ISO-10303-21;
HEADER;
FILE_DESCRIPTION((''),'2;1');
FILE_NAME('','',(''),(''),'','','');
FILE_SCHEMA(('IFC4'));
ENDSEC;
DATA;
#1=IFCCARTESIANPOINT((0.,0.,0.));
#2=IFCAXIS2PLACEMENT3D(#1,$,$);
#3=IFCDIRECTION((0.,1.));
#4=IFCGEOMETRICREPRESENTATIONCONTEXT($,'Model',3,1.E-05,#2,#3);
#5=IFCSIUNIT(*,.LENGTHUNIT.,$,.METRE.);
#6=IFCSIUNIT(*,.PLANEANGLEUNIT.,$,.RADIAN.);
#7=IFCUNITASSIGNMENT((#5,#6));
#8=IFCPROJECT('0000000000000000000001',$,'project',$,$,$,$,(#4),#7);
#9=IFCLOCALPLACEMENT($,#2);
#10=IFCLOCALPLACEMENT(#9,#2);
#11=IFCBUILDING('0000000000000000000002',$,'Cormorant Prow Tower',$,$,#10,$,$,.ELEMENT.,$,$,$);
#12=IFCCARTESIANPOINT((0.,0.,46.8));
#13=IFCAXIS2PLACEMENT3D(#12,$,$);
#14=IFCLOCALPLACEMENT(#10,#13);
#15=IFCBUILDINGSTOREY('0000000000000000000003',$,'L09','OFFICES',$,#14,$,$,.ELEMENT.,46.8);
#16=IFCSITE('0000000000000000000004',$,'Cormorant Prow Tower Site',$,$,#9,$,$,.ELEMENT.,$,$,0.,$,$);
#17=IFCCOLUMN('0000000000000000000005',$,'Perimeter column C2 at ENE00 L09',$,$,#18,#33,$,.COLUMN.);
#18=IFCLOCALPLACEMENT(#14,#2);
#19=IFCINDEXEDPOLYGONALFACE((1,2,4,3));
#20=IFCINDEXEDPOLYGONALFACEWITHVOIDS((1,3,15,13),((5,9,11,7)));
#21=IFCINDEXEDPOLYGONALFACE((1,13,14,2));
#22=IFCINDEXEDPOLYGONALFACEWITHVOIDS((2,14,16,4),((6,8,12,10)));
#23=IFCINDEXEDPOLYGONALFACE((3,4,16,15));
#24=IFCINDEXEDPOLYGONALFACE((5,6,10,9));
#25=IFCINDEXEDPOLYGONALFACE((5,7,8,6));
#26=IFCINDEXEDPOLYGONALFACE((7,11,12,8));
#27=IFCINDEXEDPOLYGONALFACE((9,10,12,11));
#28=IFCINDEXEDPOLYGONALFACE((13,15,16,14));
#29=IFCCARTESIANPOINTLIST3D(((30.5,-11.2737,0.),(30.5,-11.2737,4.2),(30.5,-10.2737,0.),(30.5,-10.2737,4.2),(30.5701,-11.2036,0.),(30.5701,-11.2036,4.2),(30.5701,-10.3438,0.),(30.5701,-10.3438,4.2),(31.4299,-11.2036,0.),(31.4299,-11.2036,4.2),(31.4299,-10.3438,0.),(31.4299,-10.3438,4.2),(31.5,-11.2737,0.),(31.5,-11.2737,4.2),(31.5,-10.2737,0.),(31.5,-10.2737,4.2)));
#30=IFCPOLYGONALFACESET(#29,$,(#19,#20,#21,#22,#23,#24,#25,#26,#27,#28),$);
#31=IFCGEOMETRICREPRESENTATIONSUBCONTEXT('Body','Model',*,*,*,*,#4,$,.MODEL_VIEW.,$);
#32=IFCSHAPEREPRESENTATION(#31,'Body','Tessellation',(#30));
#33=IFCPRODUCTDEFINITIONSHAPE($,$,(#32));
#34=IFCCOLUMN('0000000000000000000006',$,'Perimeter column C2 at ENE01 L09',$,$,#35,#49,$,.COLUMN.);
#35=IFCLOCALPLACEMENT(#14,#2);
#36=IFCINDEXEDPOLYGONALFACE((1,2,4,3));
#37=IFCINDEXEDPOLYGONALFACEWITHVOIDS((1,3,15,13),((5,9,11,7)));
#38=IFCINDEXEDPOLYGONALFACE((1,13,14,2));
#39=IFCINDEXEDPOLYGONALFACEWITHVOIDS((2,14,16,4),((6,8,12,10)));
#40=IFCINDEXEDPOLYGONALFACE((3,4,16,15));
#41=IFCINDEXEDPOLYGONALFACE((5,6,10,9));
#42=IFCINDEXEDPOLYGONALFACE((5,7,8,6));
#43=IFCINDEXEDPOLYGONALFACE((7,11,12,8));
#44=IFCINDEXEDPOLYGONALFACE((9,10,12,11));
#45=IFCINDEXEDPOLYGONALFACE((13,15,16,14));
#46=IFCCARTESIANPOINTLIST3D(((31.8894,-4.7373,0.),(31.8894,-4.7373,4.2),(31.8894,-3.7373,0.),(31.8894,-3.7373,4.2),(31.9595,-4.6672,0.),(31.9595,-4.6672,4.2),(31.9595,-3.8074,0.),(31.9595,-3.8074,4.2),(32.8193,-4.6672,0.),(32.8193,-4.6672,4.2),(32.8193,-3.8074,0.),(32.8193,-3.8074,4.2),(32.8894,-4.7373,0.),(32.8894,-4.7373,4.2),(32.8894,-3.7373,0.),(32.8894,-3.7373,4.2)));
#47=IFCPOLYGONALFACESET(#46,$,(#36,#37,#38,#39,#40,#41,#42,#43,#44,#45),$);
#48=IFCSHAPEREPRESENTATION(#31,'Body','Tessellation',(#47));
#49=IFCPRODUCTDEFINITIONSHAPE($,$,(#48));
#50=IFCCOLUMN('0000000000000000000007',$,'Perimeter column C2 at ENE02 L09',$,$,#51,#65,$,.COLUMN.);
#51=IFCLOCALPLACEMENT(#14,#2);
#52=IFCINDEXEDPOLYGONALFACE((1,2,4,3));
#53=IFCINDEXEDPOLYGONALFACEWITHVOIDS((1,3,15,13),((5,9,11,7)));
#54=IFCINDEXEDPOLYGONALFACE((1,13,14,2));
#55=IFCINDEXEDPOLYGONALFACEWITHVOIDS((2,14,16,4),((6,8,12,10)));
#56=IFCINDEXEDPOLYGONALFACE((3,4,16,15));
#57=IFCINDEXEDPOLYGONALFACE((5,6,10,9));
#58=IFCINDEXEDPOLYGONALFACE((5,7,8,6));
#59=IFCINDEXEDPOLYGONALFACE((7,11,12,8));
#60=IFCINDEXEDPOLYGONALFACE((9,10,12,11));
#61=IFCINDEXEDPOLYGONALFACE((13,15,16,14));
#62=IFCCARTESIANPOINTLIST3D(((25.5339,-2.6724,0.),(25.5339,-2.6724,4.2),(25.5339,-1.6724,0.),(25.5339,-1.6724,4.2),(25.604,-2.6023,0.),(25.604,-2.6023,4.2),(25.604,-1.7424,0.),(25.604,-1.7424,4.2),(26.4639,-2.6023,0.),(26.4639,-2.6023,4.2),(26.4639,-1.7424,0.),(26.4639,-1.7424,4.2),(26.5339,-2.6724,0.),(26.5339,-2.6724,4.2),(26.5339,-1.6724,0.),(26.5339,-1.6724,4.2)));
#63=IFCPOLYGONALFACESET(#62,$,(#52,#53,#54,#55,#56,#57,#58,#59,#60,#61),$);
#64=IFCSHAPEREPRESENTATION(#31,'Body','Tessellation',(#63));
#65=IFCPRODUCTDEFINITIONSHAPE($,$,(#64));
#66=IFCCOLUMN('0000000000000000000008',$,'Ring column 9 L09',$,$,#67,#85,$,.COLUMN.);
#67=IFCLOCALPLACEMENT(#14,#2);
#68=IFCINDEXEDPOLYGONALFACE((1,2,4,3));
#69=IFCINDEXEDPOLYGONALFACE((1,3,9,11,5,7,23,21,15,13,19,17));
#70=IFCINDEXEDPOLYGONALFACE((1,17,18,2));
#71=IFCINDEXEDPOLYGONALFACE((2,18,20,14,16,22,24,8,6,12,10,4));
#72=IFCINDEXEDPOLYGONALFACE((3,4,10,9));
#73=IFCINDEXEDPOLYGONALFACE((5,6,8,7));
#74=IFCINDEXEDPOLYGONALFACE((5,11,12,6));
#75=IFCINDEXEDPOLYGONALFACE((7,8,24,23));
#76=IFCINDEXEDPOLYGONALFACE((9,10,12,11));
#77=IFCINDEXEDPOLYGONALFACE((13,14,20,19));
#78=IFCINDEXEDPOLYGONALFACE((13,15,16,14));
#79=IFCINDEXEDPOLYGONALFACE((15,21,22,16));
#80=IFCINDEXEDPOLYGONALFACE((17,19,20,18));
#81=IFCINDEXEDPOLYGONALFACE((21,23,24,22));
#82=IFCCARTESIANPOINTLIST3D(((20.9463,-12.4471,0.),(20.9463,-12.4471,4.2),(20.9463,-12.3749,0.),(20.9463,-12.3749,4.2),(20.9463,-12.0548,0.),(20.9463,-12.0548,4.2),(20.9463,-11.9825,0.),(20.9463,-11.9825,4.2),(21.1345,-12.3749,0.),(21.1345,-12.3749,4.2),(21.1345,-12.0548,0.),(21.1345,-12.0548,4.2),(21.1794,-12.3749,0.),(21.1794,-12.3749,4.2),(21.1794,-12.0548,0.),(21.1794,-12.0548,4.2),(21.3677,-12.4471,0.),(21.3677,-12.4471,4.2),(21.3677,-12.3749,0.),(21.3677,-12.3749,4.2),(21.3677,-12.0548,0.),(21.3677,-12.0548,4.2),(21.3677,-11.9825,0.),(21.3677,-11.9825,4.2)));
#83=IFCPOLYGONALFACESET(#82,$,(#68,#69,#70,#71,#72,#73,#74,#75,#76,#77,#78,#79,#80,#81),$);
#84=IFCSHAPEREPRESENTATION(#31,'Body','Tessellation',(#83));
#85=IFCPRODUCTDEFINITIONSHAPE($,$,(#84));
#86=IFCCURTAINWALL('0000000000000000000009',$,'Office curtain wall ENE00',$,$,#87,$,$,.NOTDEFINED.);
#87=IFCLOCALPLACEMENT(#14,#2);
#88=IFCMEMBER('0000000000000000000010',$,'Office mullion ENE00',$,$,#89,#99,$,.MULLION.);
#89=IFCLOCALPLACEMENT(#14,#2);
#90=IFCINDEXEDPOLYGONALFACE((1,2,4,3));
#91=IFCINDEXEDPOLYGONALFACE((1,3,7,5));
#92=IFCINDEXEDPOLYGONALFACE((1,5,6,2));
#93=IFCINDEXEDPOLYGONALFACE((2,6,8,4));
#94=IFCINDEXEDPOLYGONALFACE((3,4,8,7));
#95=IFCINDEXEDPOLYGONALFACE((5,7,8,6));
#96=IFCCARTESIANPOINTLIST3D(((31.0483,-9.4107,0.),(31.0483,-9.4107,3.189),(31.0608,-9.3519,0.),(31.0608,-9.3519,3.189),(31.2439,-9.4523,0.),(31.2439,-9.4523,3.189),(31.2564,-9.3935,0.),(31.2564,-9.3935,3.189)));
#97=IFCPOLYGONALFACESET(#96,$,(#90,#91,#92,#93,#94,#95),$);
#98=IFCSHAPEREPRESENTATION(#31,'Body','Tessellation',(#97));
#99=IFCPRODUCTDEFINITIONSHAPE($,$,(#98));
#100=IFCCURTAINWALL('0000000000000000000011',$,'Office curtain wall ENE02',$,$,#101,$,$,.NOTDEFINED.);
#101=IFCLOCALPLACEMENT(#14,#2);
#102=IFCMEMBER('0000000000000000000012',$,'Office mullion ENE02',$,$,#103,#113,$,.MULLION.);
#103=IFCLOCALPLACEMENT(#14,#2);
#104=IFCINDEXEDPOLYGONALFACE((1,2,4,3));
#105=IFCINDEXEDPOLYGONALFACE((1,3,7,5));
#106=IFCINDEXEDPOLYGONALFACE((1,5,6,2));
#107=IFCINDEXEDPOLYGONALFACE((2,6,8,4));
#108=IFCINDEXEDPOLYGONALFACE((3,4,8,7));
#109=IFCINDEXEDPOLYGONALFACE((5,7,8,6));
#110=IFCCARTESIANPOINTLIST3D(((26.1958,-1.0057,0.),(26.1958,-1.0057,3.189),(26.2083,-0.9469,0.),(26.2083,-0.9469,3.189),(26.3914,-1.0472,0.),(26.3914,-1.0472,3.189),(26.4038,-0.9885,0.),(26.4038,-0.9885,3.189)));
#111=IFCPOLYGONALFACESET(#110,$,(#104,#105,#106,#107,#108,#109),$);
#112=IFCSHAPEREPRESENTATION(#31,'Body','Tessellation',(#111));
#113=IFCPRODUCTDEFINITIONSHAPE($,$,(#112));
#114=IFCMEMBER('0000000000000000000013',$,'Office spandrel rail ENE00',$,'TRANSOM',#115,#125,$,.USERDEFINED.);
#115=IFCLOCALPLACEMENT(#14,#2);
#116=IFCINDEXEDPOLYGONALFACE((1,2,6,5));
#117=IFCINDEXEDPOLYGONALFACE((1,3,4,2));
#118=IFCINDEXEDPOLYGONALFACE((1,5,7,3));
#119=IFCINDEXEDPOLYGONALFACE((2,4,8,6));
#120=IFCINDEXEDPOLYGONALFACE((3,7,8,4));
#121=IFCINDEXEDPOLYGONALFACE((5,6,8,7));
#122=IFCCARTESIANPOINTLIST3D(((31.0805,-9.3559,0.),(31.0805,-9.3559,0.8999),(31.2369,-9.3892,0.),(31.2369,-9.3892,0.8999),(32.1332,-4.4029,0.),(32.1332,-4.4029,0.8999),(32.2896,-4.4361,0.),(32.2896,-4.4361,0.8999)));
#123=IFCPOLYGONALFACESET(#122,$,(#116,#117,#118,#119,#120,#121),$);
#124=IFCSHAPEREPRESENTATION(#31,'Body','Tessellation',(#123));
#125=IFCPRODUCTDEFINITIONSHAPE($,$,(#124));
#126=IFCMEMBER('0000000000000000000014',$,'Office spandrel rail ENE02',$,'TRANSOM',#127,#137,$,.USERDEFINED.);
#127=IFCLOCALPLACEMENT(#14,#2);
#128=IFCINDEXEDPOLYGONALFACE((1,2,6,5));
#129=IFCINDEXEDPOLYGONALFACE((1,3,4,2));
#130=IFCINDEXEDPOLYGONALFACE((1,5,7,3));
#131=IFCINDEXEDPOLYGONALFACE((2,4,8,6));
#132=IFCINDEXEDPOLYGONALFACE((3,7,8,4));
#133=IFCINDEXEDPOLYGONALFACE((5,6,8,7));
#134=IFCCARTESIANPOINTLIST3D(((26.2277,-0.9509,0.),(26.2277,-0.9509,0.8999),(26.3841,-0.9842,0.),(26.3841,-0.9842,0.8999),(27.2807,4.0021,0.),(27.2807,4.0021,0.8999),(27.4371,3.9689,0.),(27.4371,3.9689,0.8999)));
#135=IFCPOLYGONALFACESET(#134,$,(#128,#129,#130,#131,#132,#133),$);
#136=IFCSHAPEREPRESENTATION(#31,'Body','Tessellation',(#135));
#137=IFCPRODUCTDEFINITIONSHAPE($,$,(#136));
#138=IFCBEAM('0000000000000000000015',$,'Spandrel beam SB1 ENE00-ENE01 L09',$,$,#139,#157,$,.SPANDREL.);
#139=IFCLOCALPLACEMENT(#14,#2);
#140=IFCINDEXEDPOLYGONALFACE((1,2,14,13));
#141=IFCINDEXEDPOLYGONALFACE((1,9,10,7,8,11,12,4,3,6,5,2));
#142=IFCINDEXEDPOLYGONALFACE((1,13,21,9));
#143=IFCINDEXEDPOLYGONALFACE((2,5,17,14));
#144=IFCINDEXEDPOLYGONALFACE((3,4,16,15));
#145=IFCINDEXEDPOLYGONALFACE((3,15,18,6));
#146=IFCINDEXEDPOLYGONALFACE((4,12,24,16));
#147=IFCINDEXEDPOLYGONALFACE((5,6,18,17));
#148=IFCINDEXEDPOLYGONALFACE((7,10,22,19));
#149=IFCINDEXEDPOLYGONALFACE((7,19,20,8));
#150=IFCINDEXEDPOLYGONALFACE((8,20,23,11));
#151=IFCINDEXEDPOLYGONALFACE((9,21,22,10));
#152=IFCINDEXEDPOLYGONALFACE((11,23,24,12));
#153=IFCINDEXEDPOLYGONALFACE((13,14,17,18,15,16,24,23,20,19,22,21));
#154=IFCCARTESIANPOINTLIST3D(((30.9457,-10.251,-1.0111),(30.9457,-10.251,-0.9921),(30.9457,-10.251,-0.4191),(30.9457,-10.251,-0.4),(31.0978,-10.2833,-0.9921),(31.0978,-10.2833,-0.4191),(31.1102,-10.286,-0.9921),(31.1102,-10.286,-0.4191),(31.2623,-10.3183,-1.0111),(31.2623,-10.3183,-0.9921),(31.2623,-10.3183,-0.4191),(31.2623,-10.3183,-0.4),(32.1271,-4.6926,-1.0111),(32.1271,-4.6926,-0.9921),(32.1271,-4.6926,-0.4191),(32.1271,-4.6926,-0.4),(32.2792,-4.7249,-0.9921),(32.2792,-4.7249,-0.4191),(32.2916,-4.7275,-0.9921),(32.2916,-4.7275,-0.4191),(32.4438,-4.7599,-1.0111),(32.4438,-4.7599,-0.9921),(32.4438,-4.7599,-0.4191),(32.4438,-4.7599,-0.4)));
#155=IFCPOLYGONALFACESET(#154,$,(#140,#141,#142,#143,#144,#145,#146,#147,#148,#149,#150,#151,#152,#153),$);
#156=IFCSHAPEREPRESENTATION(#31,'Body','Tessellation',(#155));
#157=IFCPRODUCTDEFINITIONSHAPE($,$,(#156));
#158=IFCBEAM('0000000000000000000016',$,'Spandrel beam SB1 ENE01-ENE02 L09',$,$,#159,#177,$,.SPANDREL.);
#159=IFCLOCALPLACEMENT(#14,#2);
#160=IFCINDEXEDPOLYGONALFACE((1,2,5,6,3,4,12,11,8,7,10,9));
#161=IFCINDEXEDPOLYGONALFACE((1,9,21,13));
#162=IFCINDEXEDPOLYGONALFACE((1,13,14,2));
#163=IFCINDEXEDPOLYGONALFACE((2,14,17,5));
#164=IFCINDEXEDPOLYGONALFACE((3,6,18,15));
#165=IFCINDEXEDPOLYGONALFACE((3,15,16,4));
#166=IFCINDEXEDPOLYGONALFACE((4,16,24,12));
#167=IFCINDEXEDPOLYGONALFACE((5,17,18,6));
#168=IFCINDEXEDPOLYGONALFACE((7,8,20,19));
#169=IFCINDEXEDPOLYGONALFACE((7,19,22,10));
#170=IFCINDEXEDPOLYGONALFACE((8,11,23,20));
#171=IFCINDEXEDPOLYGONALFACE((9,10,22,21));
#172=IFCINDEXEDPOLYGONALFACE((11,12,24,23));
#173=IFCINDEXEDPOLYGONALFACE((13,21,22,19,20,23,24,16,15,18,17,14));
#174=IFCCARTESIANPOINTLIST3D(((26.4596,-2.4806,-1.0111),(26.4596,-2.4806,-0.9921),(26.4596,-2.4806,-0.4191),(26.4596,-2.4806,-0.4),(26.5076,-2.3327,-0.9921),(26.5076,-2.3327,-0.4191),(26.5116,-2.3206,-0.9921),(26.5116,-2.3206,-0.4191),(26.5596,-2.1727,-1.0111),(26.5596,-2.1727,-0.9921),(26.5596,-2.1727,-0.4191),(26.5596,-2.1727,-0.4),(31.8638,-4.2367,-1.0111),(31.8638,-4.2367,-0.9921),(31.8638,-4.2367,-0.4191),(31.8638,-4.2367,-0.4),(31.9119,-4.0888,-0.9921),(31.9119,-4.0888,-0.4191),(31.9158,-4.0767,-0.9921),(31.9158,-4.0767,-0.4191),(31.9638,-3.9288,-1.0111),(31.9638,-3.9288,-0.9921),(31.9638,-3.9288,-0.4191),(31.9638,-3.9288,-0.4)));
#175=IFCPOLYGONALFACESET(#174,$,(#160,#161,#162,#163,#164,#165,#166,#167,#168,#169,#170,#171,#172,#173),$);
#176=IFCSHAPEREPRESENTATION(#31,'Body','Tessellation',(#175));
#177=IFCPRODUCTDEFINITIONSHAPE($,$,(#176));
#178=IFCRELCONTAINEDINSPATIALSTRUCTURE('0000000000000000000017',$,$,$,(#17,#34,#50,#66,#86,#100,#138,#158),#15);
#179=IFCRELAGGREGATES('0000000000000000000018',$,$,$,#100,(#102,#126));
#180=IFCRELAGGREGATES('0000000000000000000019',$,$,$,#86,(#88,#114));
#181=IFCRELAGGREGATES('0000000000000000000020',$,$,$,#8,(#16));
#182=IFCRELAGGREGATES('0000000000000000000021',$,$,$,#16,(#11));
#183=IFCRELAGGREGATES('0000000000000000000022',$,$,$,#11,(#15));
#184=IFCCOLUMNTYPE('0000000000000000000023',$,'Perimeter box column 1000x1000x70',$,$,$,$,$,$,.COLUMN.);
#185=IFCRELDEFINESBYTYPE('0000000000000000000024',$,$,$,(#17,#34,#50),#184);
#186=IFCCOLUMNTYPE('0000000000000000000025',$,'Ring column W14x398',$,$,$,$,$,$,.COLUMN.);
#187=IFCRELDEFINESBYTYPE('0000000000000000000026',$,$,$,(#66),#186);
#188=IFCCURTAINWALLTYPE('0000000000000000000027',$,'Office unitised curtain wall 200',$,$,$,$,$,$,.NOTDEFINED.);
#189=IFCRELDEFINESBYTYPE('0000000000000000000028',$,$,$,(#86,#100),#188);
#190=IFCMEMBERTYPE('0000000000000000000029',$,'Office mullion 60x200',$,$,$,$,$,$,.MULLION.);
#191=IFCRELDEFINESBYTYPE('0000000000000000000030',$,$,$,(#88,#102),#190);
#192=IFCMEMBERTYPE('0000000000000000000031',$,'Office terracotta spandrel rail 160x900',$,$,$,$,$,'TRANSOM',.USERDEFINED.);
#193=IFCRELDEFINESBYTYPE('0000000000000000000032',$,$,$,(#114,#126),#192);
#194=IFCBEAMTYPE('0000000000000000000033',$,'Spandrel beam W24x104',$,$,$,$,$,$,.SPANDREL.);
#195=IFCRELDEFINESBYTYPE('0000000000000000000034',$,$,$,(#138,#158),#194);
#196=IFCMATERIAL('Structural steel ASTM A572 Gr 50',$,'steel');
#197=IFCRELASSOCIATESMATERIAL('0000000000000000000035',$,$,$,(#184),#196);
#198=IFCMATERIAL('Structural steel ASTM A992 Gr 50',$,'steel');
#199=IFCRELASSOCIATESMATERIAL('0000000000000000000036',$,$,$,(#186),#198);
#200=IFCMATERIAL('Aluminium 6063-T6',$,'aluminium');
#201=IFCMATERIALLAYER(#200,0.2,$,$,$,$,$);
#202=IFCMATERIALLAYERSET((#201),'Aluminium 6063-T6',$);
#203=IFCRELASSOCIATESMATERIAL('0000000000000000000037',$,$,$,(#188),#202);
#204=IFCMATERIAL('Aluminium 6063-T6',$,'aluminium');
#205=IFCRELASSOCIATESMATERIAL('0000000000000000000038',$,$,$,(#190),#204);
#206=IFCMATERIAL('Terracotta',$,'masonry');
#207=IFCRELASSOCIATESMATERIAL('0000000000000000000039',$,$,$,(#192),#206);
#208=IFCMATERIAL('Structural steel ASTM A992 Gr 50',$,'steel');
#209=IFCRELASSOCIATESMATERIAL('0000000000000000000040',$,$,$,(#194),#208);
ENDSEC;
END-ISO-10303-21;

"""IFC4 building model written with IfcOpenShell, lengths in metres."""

from ifc_helpers import new_model, si_unit, direction, frame, origin, origin_2d, place, context, subcontext, project, spatial, rectangle, hollow_rectangle, i_section, extrude, material, layer, layer_set, material_profile, profile_set, type_object, element, aggregate, save


model = new_model("IFC4")

# Units and contexts
model_context = context("Model", 3, precision=1e-05, world=origin(), true_north=direction((0.0, 1.0)))
body_context = subcontext(model_context, "Body", "Model", "MODEL_VIEW")
ifc_project = project(units=[si_unit("LENGTHUNIT", "METRE"), si_unit("PLANEANGLEUNIT", "RADIAN")], contexts=[model_context])

# Site, building, storey
site_placement = place(None, origin())
site = spatial("IfcSite", under=ifc_project, at=site_placement, Name="Cormorant Prow Tower Site", CompositionType="ELEMENT", RefElevation=0.0)
building_placement = place(site_placement, origin())
building = spatial("IfcBuilding", under=site, at=building_placement, Name="Cormorant Prow Tower", CompositionType="ELEMENT")
storey_placement = place(building_placement, frame((0.0, 0.0, 46.8)))
storey = spatial("IfcBuildingStorey", under=building, at=storey_placement, Name="L09", Description="OFFICES", CompositionType="ELEMENT", Elevation=46.8)

# Columns
ifc_material_1 = material(Name="Structural steel ASTM A572 Gr 50", Category="steel")
ifc_material_profile_1 = material_profile(ifc_material_1, hollow_rectangle(XDim=1.0, YDim=1.0, WallThickness=0.0701, at=origin_2d()), Name="Box 1000x1000x70")
ifc_profile_set_1 = profile_set([ifc_material_profile_1], Name="Structural steel ASTM A572 Gr 50")
column_type_1 = type_object("IfcColumnType", Name="Perimeter box column 1000x1000x70", PredefinedType="COLUMN", material=ifc_profile_set_1)
for number, where, z_axis, x_axis, name in (
    (1, (31.0, -10.7737, 0.0), (0.0, 0.0, 1.0), (1.0, 0.0, 0.0), "Perimeter column C2 at ENE00 L09"),
    (2, (32.3894, -4.2373, 0.0), (0.0, 0.0, 1.0), (1.0, 0.0, 0.0), "Perimeter column C2 at ENE01 L09"),
    (3, (26.0339, -2.1724, 0.0), (0.0, 0.0, 1.0), (1.0, 0.0, 0.0), "Perimeter column C2 at ENE02 L09"),
):
    element("IfcColumn", number, at=place(storey_placement, frame(where, z_axis=z_axis, x_axis=x_axis)), inside=storey, type_object=column_type_1, Name=name, PredefinedType="COLUMN", context=body_context, shape_type="SweptSolid", body=[
        extrude(hollow_rectangle(XDim=1.0, YDim=1.0, WallThickness=0.0701, at=origin_2d()), origin(), (0.0, 0.0, 1.0), 4.2),
    ])
ifc_material_2 = material(Name="Structural steel ASTM A992 Gr 50", Category="steel")
ifc_material_profile_2 = material_profile(ifc_material_2, i_section(OverallWidth=0.4214, OverallDepth=0.4646, WebThickness=0.0449, FlangeThickness=0.0723, at=origin_2d()), Name="W14x398")
ifc_profile_set_2 = profile_set([ifc_material_profile_2], Name="Structural steel ASTM A992 Gr 50")
column_type_2 = type_object("IfcColumnType", Name="Ring column W14x398", PredefinedType="COLUMN", material=ifc_profile_set_2)
column_placement = place(storey_placement, frame((21.157, -12.2148, 0.0), z_axis=(0.0, 0.0, 1.0), x_axis=(1.0, 0.0, 0.0)))
element("IfcColumn", 4, at=column_placement, inside=storey, type_object=column_type_2, Name="Ring column 9 L09", PredefinedType="COLUMN", context=body_context, shape_type="SweptSolid", body=[
    extrude(i_section(OverallWidth=0.4214, OverallDepth=0.4646, WebThickness=0.0449, FlangeThickness=0.0723, at=origin_2d()), origin(), (0.0, 0.0, 1.0), 4.2),
])

# Curtain walls, members
ifc_material_3 = material(Name="Aluminium 6063-T6", Category="aluminium")
ifc_layer_1 = layer(ifc_material_3, 0.2)
ifc_layer_set_1 = layer_set([ifc_layer_1], Name="Aluminium 6063-T6")
curtain_wall_type = type_object("IfcCurtainWallType", Name="Office unitised curtain wall 200", PredefinedType="NOTDEFINED", material=ifc_layer_set_1)
curtain_wall_1_placement = place(storey_placement, origin())
curtain_wall_1 = element("IfcCurtainWall", 5, at=curtain_wall_1_placement, inside=storey, type_object=curtain_wall_type, Name="Office curtain wall ENE00", PredefinedType="NOTDEFINED")
ifc_material_4 = material(Name="Aluminium 6063-T6", Category="aluminium")
ifc_material_profile_3 = material_profile(ifc_material_4, rectangle(XDim=0.2, YDim=0.0601, at=origin_2d()), Name="Office mullion 60x200")
ifc_profile_set_3 = profile_set([ifc_material_profile_3], Name="Aluminium 6063-T6")
member_type_1 = type_object("IfcMemberType", Name="Office mullion 60x200", PredefinedType="MULLION", material=ifc_profile_set_3)
member_1_placement = place(storey_placement, frame((31.1523, -9.4021, 0.0), z_axis=(0.0, 0.0, 1.0), x_axis=(-0.978148, 0.207912, 0.0)))
member_1 = element("IfcMember", 6, at=member_1_placement, type_object=member_type_1, Name="Office mullion ENE00", PredefinedType="MULLION", context=body_context, shape_type="SweptSolid", body=[
    extrude(rectangle(XDim=0.2, YDim=0.0601, at=origin_2d()), origin(), (0.0, 0.0, 1.0), 3.189),
])
curtain_wall_2_placement = place(storey_placement, origin())
curtain_wall_2 = element("IfcCurtainWall", 7, at=curtain_wall_2_placement, inside=storey, type_object=curtain_wall_type, Name="Office curtain wall ENE02", PredefinedType="NOTDEFINED")
member_2_placement = place(storey_placement, frame((26.2998, -0.9971, 0.0), z_axis=(0.0, 0.0, 1.0), x_axis=(-0.978148, 0.207912, 0.0)))
member_2 = element("IfcMember", 8, at=member_2_placement, type_object=member_type_1, Name="Office mullion ENE02", PredefinedType="MULLION", context=body_context, shape_type="SweptSolid", body=[
    extrude(rectangle(XDim=0.2, YDim=0.0601, at=origin_2d()), origin(), (0.0, 0.0, 1.0), 3.189),
])

# Members
ifc_material_5 = material(Name="Terracotta", Category="masonry")
ifc_material_profile_4 = material_profile(ifc_material_5, rectangle(XDim=0.1599, YDim=0.8999, at=origin_2d()), Name="Office terracotta spandrel rail 160x900")
ifc_profile_set_4 = profile_set([ifc_material_profile_4], Name="Terracotta")
member_type_2 = type_object("IfcMemberType", Name="Office terracotta spandrel rail 160x900", ElementType="TRANSOM", PredefinedType="USERDEFINED", material=ifc_profile_set_4)
member_3_placement = place(storey_placement, frame((31.1587, -9.3726, 0.45), z_axis=(0.207896, 0.978151, 0.0), x_axis=(-0.978151, 0.207896, 0.0)))
member_3 = element("IfcMember", 9, at=member_3_placement, type_object=member_type_2, Name="Office spandrel rail ENE00", ObjectType="TRANSOM", PredefinedType="USERDEFINED", context=body_context, shape_type="SweptSolid", body=[
    extrude(rectangle(XDim=0.1599, YDim=0.8999, at=origin_2d()), origin(), (0.0, 0.0, 1.0), 5.0637),
])
member_4_placement = place(storey_placement, frame((26.3059, -0.9675, 0.45), z_axis=(0.207942, 0.978141, 0.0), x_axis=(-0.978141, 0.207942, 0.0)))
member_4 = element("IfcMember", 10, at=member_4_placement, type_object=member_type_2, Name="Office spandrel rail ENE02", ObjectType="TRANSOM", PredefinedType="USERDEFINED", context=body_context, shape_type="SweptSolid", body=[
    extrude(rectangle(XDim=0.1599, YDim=0.8999, at=origin_2d()), origin(), (0.0, 0.0, 1.0), 5.0637),
])
aggregate(curtain_wall_2, [member_2, member_4])

# Beams
ifc_material_6 = material(Name="Structural steel ASTM A992 Gr 50", Category="steel")
ifc_material_profile_5 = material_profile(ifc_material_6, i_section(OverallWidth=0.3237, OverallDepth=0.6111, WebThickness=0.0127, FlangeThickness=0.019, at=origin_2d()), Name="W24x104")
ifc_profile_set_5 = profile_set([ifc_material_profile_5], Name="Structural steel ASTM A992 Gr 50")
beam_type = type_object("IfcBeamType", Name="Spandrel beam W24x104", PredefinedType="SPANDREL", material=ifc_profile_set_5)
beam_1_placement = place(storey_placement, frame((31.104, -10.2847, -0.7056), z_axis=(0.2079, 0.97815, 0.0), x_axis=(-0.97815, 0.2079, 0.0)))
element("IfcBeam", 11, at=beam_1_placement, inside=storey, type_object=beam_type, Name="Spandrel beam SB1 ENE00-ENE01 L09", PredefinedType="SPANDREL", context=body_context, shape_type="SweptSolid", body=[
    extrude(i_section(OverallWidth=0.3237, OverallDepth=0.6111, WebThickness=0.0127, FlangeThickness=0.019, at=origin_2d()), origin(), (0.0, 0.0, 1.0), 5.6826),
])
beam_2_placement = place(storey_placement, frame((31.9138, -4.0828, -0.7056), z_axis=(-0.951049, 0.309039, 0.0), x_axis=(-0.309039, -0.951049, 0.0)))
element("IfcBeam", 12, at=beam_2_placement, inside=storey, type_object=beam_type, Name="Spandrel beam SB1 ENE01-ENE02 L09", PredefinedType="SPANDREL", context=body_context, shape_type="SweptSolid", body=[
    extrude(i_section(OverallWidth=0.3237, OverallDepth=0.6111, WebThickness=0.0127, FlangeThickness=0.019, at=origin_2d()), origin(), (0.0, 0.0, 1.0), 5.6824),
])

aggregate(curtain_wall_1, [member_1, member_3])

save(model, "model.ifc")
